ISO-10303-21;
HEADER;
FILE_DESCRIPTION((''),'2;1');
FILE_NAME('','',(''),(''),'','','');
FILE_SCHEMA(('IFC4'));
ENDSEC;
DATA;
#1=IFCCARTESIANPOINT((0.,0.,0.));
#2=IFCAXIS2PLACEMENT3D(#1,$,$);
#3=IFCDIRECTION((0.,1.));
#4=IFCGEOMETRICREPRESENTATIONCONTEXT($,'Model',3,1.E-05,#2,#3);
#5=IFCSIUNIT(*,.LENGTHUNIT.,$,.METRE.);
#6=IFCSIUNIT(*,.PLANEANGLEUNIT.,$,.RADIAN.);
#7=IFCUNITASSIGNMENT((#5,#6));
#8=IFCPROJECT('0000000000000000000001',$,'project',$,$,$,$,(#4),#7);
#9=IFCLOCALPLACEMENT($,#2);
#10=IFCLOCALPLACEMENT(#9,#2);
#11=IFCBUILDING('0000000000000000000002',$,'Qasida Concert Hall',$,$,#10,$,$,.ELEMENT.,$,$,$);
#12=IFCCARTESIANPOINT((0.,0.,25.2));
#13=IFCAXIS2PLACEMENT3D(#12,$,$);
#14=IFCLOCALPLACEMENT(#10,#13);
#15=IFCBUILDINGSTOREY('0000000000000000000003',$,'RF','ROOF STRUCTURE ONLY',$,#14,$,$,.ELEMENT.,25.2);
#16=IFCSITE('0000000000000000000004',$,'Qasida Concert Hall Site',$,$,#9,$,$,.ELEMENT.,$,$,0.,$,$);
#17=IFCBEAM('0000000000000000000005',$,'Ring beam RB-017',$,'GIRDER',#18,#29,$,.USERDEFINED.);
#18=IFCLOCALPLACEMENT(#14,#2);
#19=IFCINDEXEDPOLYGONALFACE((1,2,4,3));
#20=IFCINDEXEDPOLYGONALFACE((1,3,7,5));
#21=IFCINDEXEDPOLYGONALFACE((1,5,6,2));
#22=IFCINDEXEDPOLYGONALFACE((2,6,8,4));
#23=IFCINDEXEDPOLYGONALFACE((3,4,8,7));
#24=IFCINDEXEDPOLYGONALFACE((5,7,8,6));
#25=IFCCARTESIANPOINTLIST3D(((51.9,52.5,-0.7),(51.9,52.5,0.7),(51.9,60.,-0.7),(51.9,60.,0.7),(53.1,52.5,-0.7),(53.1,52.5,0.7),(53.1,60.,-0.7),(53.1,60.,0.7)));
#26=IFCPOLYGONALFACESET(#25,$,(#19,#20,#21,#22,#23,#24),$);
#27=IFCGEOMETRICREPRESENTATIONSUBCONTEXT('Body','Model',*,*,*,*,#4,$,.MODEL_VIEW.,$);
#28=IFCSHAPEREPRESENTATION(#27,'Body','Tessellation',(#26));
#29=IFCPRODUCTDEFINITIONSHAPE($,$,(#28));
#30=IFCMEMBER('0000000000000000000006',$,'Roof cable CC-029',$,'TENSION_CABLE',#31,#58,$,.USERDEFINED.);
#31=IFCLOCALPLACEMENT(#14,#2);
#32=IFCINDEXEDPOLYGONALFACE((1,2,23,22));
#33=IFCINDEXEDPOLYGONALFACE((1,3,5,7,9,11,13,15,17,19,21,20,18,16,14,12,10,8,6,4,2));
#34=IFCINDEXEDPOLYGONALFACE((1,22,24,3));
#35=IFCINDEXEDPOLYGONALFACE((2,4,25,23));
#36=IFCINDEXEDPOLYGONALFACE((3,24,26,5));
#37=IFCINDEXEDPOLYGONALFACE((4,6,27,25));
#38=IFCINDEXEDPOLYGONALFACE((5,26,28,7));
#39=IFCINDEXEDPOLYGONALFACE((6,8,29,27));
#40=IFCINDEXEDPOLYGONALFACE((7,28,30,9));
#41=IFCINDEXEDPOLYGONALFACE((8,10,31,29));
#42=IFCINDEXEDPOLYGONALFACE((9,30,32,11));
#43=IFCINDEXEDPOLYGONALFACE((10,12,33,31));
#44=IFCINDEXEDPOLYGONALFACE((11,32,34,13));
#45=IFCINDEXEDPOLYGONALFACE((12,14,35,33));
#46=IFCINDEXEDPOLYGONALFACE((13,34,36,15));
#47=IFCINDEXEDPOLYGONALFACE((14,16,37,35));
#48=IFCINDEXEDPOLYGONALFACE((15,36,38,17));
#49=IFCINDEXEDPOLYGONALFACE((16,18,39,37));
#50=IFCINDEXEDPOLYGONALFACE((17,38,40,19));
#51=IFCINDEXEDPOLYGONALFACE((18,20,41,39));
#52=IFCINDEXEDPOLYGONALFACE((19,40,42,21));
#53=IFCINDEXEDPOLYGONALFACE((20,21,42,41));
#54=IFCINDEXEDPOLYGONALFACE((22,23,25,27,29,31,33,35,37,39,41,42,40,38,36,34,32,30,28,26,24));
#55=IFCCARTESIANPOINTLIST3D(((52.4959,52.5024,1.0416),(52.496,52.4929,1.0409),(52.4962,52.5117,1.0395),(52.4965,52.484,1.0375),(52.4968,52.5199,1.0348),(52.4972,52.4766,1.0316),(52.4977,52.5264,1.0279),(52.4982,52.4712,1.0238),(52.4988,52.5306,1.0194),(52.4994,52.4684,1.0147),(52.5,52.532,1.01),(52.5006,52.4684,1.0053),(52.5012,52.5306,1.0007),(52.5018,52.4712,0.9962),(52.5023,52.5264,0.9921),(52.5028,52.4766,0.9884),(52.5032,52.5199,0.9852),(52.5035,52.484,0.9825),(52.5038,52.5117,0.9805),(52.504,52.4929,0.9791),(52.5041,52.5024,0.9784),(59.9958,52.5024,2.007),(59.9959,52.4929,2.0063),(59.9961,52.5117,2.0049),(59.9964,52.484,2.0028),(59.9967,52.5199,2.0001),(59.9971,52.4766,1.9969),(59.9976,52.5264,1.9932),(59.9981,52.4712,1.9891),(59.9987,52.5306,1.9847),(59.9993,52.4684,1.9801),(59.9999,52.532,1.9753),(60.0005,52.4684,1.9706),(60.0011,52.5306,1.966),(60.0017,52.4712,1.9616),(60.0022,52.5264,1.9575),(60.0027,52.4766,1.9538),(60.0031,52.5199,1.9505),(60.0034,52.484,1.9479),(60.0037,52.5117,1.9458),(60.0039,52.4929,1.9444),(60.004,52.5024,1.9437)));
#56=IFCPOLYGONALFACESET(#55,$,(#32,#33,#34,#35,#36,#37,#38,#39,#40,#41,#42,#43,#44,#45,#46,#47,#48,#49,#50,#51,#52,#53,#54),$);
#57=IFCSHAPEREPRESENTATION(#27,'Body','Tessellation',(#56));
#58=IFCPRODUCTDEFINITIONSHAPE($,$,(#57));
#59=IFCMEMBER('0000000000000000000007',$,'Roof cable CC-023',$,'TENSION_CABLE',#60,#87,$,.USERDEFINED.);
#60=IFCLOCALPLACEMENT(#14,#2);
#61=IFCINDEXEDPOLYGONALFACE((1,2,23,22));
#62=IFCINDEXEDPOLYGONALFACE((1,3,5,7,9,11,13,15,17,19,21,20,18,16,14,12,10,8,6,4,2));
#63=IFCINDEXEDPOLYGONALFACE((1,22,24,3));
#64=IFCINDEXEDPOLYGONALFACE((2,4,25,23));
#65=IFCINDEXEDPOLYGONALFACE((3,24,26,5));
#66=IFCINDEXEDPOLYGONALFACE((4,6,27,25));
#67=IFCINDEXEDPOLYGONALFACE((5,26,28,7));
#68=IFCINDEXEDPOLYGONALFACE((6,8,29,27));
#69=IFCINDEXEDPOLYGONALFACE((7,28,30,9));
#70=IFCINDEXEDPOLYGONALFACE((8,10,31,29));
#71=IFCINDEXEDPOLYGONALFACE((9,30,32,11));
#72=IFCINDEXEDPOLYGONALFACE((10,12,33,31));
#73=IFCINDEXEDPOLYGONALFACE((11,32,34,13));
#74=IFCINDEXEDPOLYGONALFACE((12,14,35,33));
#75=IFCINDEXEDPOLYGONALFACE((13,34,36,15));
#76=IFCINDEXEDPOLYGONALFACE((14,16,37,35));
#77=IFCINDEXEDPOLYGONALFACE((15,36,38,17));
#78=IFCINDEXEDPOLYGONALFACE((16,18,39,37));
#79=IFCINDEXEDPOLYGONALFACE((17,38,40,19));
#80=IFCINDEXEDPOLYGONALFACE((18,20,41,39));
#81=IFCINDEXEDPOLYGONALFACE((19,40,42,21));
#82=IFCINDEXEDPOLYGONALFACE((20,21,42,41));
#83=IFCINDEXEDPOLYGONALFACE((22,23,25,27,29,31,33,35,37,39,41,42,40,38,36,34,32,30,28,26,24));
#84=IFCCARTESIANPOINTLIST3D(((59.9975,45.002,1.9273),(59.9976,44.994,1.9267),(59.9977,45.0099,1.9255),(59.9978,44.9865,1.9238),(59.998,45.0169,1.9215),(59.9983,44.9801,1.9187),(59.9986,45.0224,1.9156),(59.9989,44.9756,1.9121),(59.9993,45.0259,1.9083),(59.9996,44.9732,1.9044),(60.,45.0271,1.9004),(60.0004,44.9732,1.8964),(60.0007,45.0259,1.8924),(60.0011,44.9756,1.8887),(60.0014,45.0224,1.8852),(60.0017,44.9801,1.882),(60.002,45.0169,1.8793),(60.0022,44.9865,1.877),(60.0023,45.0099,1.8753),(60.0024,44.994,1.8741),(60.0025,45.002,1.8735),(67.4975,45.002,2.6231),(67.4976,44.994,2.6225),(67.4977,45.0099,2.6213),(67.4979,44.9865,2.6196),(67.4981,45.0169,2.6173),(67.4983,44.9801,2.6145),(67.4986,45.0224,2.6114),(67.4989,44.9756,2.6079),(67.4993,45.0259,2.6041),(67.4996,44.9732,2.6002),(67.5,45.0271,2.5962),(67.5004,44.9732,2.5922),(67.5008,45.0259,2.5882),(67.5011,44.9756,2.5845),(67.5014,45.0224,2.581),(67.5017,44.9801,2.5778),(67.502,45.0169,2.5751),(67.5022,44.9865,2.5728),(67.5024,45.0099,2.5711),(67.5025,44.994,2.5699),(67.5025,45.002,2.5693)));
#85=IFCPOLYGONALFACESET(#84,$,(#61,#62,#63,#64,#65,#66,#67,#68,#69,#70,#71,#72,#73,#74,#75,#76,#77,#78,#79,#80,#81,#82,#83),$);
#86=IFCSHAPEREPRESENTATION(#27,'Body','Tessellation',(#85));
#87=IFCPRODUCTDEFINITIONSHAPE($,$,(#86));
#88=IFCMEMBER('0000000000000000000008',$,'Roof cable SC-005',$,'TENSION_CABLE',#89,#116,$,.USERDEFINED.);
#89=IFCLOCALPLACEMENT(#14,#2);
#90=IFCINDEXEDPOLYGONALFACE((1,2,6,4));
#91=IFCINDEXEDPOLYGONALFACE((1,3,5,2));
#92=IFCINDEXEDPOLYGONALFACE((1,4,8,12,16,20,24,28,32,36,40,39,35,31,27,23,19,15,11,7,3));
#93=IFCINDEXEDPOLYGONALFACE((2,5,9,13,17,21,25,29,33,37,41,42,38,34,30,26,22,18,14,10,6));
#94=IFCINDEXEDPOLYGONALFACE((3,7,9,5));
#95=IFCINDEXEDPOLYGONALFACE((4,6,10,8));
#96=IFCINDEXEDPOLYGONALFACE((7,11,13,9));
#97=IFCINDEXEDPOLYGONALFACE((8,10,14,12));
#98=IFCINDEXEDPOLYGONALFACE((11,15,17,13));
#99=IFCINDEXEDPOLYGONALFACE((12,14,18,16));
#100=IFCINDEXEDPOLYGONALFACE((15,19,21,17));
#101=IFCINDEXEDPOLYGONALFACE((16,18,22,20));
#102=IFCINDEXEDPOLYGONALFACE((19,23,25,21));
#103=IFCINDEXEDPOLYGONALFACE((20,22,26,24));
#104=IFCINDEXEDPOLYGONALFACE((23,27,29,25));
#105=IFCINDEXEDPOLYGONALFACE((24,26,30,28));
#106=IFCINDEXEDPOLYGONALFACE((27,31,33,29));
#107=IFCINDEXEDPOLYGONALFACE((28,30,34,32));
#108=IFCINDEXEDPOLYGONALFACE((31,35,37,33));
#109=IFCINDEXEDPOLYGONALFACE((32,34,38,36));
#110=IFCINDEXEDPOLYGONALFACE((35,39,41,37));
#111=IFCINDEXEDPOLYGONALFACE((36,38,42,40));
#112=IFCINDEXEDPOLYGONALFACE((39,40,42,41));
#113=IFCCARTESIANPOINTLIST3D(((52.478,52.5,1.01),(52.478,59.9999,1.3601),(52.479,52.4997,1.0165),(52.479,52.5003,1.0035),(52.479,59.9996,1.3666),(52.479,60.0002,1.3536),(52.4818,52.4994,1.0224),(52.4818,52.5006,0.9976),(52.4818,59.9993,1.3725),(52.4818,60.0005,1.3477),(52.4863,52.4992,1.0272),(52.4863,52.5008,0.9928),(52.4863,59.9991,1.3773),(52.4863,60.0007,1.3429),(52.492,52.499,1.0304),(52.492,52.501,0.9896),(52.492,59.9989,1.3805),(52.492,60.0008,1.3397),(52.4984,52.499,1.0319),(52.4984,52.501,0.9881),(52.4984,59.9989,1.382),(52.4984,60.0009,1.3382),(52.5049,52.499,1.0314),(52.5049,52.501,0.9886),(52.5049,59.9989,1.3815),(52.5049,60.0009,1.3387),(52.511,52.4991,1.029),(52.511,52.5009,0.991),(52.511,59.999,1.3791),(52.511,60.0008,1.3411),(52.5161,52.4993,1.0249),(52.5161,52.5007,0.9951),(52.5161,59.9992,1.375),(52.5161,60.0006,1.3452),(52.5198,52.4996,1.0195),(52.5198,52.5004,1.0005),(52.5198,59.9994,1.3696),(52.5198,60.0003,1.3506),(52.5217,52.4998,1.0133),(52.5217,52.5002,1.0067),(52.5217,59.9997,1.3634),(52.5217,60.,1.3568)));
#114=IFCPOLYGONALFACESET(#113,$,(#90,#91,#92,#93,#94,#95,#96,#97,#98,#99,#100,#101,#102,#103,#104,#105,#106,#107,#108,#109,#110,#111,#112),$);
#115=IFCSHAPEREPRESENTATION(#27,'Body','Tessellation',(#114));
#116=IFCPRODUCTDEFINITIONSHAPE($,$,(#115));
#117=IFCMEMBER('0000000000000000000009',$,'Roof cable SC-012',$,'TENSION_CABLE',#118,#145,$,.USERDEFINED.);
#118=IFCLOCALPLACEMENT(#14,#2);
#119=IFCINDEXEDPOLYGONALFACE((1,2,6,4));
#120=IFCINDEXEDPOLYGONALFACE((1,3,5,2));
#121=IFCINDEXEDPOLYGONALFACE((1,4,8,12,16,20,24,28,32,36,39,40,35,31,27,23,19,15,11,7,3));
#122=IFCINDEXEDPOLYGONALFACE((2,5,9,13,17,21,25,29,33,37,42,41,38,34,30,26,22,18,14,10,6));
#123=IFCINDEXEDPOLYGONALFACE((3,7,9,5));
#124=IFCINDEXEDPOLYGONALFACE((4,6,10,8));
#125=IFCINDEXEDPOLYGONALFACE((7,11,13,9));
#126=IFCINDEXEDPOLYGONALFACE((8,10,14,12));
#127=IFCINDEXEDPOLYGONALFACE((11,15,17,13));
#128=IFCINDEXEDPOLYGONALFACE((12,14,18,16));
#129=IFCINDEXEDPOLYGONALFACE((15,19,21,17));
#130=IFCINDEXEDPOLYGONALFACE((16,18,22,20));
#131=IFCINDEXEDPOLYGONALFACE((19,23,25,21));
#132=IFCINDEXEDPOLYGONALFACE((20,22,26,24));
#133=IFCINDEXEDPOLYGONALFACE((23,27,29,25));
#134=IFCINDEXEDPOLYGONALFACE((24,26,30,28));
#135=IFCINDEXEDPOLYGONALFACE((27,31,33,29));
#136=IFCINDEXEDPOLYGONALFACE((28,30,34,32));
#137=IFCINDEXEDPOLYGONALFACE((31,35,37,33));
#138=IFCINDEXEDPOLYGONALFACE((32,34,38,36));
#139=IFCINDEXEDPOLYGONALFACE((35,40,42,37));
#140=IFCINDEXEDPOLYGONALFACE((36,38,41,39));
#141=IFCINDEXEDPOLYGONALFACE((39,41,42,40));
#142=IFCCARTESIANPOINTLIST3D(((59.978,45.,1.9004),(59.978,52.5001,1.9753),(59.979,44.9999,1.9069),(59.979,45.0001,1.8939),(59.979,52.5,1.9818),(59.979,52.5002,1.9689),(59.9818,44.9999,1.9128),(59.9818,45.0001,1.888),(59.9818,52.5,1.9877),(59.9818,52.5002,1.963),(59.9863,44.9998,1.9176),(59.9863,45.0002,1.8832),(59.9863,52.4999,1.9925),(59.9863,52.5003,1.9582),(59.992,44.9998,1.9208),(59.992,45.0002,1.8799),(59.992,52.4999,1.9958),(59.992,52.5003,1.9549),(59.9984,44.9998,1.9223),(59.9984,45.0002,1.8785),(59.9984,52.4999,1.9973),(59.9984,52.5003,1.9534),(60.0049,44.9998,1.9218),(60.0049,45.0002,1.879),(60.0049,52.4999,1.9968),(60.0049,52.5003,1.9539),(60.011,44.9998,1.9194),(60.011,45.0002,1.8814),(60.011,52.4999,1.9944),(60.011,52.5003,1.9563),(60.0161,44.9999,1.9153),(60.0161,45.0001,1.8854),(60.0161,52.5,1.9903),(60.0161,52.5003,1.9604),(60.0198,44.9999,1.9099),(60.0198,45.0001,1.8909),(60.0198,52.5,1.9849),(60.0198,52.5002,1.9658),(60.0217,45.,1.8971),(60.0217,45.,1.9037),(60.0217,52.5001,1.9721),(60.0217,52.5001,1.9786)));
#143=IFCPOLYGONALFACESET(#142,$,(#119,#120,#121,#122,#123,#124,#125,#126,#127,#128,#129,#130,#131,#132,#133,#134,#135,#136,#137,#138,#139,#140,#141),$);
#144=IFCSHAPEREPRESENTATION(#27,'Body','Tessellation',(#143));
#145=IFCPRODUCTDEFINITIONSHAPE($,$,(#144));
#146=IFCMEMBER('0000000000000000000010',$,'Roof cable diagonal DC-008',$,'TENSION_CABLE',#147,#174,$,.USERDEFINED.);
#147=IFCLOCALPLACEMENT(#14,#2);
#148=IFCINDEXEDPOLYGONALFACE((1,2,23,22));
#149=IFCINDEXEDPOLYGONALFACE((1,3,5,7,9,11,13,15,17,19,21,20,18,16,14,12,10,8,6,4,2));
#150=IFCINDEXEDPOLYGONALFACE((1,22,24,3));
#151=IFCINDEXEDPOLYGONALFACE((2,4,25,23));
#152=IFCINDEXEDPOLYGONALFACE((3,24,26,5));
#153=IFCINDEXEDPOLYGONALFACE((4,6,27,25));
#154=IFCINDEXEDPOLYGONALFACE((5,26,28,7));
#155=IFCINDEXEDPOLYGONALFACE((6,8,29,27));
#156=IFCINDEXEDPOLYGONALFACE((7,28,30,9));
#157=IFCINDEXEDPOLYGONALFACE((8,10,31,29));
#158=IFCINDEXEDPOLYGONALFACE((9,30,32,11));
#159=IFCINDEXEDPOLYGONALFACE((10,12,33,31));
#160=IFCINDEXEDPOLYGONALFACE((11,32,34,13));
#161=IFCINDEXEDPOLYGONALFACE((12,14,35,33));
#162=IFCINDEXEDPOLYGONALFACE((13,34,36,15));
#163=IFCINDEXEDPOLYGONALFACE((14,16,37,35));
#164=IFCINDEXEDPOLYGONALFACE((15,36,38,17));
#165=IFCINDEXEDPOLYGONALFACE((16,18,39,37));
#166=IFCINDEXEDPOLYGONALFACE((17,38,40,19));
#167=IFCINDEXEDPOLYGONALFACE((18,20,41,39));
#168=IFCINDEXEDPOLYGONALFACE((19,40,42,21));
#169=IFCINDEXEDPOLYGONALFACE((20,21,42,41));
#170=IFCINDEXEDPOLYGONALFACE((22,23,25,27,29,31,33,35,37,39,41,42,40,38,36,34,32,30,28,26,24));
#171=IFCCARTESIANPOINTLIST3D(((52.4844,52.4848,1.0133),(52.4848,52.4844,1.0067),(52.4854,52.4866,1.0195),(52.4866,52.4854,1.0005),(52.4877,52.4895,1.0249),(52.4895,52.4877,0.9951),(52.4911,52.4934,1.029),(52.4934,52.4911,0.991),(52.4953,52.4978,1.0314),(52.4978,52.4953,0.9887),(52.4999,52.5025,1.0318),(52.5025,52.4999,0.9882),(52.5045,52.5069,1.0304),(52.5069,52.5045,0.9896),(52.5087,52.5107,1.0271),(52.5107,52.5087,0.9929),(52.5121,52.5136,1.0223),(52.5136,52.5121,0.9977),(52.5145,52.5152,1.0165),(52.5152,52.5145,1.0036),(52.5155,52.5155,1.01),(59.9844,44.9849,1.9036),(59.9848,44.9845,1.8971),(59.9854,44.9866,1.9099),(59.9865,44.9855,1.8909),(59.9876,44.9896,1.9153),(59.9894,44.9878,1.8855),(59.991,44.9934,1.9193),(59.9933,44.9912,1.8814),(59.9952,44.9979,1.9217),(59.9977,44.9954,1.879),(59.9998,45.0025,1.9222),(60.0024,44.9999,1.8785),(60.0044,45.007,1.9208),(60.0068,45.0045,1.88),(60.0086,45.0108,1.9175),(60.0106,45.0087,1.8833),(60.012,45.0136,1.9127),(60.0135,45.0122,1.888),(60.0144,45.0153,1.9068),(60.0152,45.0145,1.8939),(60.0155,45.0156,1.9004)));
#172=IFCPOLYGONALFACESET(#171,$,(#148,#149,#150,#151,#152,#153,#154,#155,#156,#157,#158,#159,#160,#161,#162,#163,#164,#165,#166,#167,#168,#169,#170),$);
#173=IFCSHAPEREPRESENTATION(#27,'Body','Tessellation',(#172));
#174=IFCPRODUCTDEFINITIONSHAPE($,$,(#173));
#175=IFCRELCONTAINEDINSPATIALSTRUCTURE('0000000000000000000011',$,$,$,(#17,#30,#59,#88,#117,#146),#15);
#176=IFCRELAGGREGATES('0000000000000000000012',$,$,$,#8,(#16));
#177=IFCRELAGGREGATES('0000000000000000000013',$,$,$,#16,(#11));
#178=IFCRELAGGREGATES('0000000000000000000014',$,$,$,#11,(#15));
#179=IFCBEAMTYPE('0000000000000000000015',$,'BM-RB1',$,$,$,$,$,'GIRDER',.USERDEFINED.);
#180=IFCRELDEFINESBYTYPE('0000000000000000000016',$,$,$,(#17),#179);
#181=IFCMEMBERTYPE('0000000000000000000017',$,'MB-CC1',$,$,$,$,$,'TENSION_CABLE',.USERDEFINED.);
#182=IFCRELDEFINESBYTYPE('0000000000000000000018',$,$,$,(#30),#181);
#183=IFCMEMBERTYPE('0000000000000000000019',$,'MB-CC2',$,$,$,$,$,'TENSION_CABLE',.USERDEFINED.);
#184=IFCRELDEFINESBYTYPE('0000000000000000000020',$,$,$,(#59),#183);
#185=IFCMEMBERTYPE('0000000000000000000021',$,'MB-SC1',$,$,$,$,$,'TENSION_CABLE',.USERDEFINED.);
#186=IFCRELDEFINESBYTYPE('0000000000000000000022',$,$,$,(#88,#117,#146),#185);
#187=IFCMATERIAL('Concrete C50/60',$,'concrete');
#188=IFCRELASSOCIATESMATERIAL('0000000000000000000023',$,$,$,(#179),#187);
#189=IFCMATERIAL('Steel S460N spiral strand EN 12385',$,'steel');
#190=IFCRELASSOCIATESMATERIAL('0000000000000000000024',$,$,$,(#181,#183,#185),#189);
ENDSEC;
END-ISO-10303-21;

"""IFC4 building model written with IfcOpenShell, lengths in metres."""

from ifc_helpers import new_model, si_unit, direction, frame, origin, origin_2d, place, context, subcontext, project, spatial, rectangle, circle, extrude, material, material_profile, profile_set, type_object, element, save


model = new_model("IFC4")

# Units and contexts
model_context = context("Model", 3, precision=1e-05, world=origin(), true_north=direction((0.0, 1.0)))
body_context = subcontext(model_context, "Body", "Model", "MODEL_VIEW")
ifc_project = project(units=[si_unit("LENGTHUNIT", "METRE"), si_unit("PLANEANGLEUNIT", "RADIAN")], contexts=[model_context])

# Site, building, storey
site_placement = place(None, origin())
site = spatial("IfcSite", under=ifc_project, at=site_placement, Name="Qasida Concert Hall Site", CompositionType="ELEMENT", RefElevation=0.0)
building_placement = place(site_placement, origin())
building = spatial("IfcBuilding", under=site, at=building_placement, Name="Qasida Concert Hall", CompositionType="ELEMENT")
storey_placement = place(building_placement, frame((0.0, 0.0, 25.2)))
storey = spatial("IfcBuildingStorey", under=building, at=storey_placement, Name="RF", Description="ROOF STRUCTURE ONLY", CompositionType="ELEMENT", Elevation=25.2)

# Beam
ifc_material_1 = material(Name="Concrete C50/60", Category="concrete")
ifc_material_profile_1 = material_profile(ifc_material_1, rectangle(XDim=1.2, YDim=1.3999, at=origin_2d()), Name="RC 1200x1400")
ifc_profile_set_1 = profile_set([ifc_material_profile_1], Name="Concrete C50/60")
beam_type = type_object("IfcBeamType", Name="BM-RB1", ElementType="GIRDER", PredefinedType="USERDEFINED", material=ifc_profile_set_1)
beam_placement = place(storey_placement, frame((52.5, 52.5, 0.0), z_axis=(0.0, 1.0, 0.0), x_axis=(-1.0, 0.0, 0.0)))
element("IfcBeam", 1, at=beam_placement, inside=storey, type_object=beam_type, Name="Ring beam RB-017", ObjectType="GIRDER", PredefinedType="USERDEFINED", context=body_context, shape_type="SweptSolid", body=[
    extrude(rectangle(XDim=1.2, YDim=1.3999, at=origin_2d()), origin(), (0.0, 0.0, 1.0), 7.5),
])

# Members
ifc_material_2 = material(Name="Steel S460N spiral strand EN 12385", Category="steel")
ifc_material_profile_2 = material_profile(ifc_material_2, circle(Radius=0.032, at=origin_2d()), Name="STRAND D64")
ifc_profile_set_2 = profile_set([ifc_material_profile_2], Name="Steel S460N spiral strand EN 12385")
member_type_1 = type_object("IfcMemberType", Name="MB-CC1", ElementType="TENSION_CABLE", PredefinedType="USERDEFINED", material=ifc_profile_set_2)
member_1_placement = place(storey_placement, frame((52.5, 52.5, 1.01), z_axis=(0.991818, 0.0, 0.127658), x_axis=(0.0, 1.0, 0.0)))
element("IfcMember", 2, at=member_1_placement, inside=storey, type_object=member_type_1, Name="Roof cable CC-029", ObjectType="TENSION_CABLE", PredefinedType="USERDEFINED", context=body_context, shape_type="SweptSolid", body=[
    extrude(circle(Radius=0.032, at=origin_2d()), origin(), (0.0, 0.0, 1.0), 7.5618),
])
ifc_material_profile_3 = material_profile(ifc_material_2, circle(Radius=0.0271, at=origin_2d()), Name="STRAND D54")
ifc_profile_set_3 = profile_set([ifc_material_profile_3], Name="Steel S460N spiral strand EN 12385")
member_type_2 = type_object("IfcMemberType", Name="MB-CC2", ElementType="TENSION_CABLE", PredefinedType="USERDEFINED", material=ifc_profile_set_3)
member_2_placement = place(storey_placement, frame((60.0, 45.0, 1.9004), z_axis=(0.995724, 0.0, 0.092377), x_axis=(0.0, 1.0, 0.0)))
element("IfcMember", 3, at=member_2_placement, inside=storey, type_object=member_type_2, Name="Roof cable CC-023", ObjectType="TENSION_CABLE", PredefinedType="USERDEFINED", context=body_context, shape_type="SweptSolid", body=[
    extrude(circle(Radius=0.0271, at=origin_2d()), origin(), (0.0, 0.0, 1.0), 7.5322),
])
ifc_material_profile_4 = material_profile(ifc_material_2, circle(Radius=0.022, at=origin_2d()), Name="STRAND D44")
ifc_profile_set_4 = profile_set([ifc_material_profile_4], Name="Steel S460N spiral strand EN 12385")
member_type_3 = type_object("IfcMemberType", Name="MB-SC1", ElementType="TENSION_CABLE", PredefinedType="USERDEFINED", material=ifc_profile_set_4)
member_3_placement = place(storey_placement, frame((52.5, 52.5, 1.01), z_axis=(0.0, 0.998912, 0.046629), x_axis=(-1.0, 0.0, 0.0)))
element("IfcMember", 4, at=member_3_placement, inside=storey, type_object=member_type_3, Name="Roof cable SC-005", ObjectType="TENSION_CABLE", PredefinedType="USERDEFINED", context=body_context, shape_type="SweptSolid", body=[
    extrude(circle(Radius=0.022, at=origin_2d()), origin(), (0.0, 0.0, 1.0), 7.5081),
])
member_4_placement = place(storey_placement, frame((60.0, 45.0, 1.9004), z_axis=(0.0, 0.99995, 0.009993), x_axis=(-1.0, 0.0, 0.0)))
element("IfcMember", 5, at=member_4_placement, inside=storey, type_object=member_type_3, Name="Roof cable SC-012", ObjectType="TENSION_CABLE", PredefinedType="USERDEFINED", context=body_context, shape_type="SweptSolid", body=[
    extrude(circle(Radius=0.022, at=origin_2d()), origin(), (0.0, 0.0, 1.0), 7.5005),
])
member_5_placement = place(storey_placement, frame((52.5, 52.5, 1.01), z_axis=(0.704628, -0.704628, 0.083652), x_axis=(0.707107, 0.707107, 0.0)))
element("IfcMember", 6, at=member_5_placement, inside=storey, type_object=member_type_3, Name="Roof cable diagonal DC-008", ObjectType="TENSION_CABLE", PredefinedType="USERDEFINED", context=body_context, shape_type="SweptSolid", body=[
    extrude(circle(Radius=0.022, at=origin_2d()), origin(), (0.0, 0.0, 1.0), 10.6438),
])

save(model, "model.ifc")
